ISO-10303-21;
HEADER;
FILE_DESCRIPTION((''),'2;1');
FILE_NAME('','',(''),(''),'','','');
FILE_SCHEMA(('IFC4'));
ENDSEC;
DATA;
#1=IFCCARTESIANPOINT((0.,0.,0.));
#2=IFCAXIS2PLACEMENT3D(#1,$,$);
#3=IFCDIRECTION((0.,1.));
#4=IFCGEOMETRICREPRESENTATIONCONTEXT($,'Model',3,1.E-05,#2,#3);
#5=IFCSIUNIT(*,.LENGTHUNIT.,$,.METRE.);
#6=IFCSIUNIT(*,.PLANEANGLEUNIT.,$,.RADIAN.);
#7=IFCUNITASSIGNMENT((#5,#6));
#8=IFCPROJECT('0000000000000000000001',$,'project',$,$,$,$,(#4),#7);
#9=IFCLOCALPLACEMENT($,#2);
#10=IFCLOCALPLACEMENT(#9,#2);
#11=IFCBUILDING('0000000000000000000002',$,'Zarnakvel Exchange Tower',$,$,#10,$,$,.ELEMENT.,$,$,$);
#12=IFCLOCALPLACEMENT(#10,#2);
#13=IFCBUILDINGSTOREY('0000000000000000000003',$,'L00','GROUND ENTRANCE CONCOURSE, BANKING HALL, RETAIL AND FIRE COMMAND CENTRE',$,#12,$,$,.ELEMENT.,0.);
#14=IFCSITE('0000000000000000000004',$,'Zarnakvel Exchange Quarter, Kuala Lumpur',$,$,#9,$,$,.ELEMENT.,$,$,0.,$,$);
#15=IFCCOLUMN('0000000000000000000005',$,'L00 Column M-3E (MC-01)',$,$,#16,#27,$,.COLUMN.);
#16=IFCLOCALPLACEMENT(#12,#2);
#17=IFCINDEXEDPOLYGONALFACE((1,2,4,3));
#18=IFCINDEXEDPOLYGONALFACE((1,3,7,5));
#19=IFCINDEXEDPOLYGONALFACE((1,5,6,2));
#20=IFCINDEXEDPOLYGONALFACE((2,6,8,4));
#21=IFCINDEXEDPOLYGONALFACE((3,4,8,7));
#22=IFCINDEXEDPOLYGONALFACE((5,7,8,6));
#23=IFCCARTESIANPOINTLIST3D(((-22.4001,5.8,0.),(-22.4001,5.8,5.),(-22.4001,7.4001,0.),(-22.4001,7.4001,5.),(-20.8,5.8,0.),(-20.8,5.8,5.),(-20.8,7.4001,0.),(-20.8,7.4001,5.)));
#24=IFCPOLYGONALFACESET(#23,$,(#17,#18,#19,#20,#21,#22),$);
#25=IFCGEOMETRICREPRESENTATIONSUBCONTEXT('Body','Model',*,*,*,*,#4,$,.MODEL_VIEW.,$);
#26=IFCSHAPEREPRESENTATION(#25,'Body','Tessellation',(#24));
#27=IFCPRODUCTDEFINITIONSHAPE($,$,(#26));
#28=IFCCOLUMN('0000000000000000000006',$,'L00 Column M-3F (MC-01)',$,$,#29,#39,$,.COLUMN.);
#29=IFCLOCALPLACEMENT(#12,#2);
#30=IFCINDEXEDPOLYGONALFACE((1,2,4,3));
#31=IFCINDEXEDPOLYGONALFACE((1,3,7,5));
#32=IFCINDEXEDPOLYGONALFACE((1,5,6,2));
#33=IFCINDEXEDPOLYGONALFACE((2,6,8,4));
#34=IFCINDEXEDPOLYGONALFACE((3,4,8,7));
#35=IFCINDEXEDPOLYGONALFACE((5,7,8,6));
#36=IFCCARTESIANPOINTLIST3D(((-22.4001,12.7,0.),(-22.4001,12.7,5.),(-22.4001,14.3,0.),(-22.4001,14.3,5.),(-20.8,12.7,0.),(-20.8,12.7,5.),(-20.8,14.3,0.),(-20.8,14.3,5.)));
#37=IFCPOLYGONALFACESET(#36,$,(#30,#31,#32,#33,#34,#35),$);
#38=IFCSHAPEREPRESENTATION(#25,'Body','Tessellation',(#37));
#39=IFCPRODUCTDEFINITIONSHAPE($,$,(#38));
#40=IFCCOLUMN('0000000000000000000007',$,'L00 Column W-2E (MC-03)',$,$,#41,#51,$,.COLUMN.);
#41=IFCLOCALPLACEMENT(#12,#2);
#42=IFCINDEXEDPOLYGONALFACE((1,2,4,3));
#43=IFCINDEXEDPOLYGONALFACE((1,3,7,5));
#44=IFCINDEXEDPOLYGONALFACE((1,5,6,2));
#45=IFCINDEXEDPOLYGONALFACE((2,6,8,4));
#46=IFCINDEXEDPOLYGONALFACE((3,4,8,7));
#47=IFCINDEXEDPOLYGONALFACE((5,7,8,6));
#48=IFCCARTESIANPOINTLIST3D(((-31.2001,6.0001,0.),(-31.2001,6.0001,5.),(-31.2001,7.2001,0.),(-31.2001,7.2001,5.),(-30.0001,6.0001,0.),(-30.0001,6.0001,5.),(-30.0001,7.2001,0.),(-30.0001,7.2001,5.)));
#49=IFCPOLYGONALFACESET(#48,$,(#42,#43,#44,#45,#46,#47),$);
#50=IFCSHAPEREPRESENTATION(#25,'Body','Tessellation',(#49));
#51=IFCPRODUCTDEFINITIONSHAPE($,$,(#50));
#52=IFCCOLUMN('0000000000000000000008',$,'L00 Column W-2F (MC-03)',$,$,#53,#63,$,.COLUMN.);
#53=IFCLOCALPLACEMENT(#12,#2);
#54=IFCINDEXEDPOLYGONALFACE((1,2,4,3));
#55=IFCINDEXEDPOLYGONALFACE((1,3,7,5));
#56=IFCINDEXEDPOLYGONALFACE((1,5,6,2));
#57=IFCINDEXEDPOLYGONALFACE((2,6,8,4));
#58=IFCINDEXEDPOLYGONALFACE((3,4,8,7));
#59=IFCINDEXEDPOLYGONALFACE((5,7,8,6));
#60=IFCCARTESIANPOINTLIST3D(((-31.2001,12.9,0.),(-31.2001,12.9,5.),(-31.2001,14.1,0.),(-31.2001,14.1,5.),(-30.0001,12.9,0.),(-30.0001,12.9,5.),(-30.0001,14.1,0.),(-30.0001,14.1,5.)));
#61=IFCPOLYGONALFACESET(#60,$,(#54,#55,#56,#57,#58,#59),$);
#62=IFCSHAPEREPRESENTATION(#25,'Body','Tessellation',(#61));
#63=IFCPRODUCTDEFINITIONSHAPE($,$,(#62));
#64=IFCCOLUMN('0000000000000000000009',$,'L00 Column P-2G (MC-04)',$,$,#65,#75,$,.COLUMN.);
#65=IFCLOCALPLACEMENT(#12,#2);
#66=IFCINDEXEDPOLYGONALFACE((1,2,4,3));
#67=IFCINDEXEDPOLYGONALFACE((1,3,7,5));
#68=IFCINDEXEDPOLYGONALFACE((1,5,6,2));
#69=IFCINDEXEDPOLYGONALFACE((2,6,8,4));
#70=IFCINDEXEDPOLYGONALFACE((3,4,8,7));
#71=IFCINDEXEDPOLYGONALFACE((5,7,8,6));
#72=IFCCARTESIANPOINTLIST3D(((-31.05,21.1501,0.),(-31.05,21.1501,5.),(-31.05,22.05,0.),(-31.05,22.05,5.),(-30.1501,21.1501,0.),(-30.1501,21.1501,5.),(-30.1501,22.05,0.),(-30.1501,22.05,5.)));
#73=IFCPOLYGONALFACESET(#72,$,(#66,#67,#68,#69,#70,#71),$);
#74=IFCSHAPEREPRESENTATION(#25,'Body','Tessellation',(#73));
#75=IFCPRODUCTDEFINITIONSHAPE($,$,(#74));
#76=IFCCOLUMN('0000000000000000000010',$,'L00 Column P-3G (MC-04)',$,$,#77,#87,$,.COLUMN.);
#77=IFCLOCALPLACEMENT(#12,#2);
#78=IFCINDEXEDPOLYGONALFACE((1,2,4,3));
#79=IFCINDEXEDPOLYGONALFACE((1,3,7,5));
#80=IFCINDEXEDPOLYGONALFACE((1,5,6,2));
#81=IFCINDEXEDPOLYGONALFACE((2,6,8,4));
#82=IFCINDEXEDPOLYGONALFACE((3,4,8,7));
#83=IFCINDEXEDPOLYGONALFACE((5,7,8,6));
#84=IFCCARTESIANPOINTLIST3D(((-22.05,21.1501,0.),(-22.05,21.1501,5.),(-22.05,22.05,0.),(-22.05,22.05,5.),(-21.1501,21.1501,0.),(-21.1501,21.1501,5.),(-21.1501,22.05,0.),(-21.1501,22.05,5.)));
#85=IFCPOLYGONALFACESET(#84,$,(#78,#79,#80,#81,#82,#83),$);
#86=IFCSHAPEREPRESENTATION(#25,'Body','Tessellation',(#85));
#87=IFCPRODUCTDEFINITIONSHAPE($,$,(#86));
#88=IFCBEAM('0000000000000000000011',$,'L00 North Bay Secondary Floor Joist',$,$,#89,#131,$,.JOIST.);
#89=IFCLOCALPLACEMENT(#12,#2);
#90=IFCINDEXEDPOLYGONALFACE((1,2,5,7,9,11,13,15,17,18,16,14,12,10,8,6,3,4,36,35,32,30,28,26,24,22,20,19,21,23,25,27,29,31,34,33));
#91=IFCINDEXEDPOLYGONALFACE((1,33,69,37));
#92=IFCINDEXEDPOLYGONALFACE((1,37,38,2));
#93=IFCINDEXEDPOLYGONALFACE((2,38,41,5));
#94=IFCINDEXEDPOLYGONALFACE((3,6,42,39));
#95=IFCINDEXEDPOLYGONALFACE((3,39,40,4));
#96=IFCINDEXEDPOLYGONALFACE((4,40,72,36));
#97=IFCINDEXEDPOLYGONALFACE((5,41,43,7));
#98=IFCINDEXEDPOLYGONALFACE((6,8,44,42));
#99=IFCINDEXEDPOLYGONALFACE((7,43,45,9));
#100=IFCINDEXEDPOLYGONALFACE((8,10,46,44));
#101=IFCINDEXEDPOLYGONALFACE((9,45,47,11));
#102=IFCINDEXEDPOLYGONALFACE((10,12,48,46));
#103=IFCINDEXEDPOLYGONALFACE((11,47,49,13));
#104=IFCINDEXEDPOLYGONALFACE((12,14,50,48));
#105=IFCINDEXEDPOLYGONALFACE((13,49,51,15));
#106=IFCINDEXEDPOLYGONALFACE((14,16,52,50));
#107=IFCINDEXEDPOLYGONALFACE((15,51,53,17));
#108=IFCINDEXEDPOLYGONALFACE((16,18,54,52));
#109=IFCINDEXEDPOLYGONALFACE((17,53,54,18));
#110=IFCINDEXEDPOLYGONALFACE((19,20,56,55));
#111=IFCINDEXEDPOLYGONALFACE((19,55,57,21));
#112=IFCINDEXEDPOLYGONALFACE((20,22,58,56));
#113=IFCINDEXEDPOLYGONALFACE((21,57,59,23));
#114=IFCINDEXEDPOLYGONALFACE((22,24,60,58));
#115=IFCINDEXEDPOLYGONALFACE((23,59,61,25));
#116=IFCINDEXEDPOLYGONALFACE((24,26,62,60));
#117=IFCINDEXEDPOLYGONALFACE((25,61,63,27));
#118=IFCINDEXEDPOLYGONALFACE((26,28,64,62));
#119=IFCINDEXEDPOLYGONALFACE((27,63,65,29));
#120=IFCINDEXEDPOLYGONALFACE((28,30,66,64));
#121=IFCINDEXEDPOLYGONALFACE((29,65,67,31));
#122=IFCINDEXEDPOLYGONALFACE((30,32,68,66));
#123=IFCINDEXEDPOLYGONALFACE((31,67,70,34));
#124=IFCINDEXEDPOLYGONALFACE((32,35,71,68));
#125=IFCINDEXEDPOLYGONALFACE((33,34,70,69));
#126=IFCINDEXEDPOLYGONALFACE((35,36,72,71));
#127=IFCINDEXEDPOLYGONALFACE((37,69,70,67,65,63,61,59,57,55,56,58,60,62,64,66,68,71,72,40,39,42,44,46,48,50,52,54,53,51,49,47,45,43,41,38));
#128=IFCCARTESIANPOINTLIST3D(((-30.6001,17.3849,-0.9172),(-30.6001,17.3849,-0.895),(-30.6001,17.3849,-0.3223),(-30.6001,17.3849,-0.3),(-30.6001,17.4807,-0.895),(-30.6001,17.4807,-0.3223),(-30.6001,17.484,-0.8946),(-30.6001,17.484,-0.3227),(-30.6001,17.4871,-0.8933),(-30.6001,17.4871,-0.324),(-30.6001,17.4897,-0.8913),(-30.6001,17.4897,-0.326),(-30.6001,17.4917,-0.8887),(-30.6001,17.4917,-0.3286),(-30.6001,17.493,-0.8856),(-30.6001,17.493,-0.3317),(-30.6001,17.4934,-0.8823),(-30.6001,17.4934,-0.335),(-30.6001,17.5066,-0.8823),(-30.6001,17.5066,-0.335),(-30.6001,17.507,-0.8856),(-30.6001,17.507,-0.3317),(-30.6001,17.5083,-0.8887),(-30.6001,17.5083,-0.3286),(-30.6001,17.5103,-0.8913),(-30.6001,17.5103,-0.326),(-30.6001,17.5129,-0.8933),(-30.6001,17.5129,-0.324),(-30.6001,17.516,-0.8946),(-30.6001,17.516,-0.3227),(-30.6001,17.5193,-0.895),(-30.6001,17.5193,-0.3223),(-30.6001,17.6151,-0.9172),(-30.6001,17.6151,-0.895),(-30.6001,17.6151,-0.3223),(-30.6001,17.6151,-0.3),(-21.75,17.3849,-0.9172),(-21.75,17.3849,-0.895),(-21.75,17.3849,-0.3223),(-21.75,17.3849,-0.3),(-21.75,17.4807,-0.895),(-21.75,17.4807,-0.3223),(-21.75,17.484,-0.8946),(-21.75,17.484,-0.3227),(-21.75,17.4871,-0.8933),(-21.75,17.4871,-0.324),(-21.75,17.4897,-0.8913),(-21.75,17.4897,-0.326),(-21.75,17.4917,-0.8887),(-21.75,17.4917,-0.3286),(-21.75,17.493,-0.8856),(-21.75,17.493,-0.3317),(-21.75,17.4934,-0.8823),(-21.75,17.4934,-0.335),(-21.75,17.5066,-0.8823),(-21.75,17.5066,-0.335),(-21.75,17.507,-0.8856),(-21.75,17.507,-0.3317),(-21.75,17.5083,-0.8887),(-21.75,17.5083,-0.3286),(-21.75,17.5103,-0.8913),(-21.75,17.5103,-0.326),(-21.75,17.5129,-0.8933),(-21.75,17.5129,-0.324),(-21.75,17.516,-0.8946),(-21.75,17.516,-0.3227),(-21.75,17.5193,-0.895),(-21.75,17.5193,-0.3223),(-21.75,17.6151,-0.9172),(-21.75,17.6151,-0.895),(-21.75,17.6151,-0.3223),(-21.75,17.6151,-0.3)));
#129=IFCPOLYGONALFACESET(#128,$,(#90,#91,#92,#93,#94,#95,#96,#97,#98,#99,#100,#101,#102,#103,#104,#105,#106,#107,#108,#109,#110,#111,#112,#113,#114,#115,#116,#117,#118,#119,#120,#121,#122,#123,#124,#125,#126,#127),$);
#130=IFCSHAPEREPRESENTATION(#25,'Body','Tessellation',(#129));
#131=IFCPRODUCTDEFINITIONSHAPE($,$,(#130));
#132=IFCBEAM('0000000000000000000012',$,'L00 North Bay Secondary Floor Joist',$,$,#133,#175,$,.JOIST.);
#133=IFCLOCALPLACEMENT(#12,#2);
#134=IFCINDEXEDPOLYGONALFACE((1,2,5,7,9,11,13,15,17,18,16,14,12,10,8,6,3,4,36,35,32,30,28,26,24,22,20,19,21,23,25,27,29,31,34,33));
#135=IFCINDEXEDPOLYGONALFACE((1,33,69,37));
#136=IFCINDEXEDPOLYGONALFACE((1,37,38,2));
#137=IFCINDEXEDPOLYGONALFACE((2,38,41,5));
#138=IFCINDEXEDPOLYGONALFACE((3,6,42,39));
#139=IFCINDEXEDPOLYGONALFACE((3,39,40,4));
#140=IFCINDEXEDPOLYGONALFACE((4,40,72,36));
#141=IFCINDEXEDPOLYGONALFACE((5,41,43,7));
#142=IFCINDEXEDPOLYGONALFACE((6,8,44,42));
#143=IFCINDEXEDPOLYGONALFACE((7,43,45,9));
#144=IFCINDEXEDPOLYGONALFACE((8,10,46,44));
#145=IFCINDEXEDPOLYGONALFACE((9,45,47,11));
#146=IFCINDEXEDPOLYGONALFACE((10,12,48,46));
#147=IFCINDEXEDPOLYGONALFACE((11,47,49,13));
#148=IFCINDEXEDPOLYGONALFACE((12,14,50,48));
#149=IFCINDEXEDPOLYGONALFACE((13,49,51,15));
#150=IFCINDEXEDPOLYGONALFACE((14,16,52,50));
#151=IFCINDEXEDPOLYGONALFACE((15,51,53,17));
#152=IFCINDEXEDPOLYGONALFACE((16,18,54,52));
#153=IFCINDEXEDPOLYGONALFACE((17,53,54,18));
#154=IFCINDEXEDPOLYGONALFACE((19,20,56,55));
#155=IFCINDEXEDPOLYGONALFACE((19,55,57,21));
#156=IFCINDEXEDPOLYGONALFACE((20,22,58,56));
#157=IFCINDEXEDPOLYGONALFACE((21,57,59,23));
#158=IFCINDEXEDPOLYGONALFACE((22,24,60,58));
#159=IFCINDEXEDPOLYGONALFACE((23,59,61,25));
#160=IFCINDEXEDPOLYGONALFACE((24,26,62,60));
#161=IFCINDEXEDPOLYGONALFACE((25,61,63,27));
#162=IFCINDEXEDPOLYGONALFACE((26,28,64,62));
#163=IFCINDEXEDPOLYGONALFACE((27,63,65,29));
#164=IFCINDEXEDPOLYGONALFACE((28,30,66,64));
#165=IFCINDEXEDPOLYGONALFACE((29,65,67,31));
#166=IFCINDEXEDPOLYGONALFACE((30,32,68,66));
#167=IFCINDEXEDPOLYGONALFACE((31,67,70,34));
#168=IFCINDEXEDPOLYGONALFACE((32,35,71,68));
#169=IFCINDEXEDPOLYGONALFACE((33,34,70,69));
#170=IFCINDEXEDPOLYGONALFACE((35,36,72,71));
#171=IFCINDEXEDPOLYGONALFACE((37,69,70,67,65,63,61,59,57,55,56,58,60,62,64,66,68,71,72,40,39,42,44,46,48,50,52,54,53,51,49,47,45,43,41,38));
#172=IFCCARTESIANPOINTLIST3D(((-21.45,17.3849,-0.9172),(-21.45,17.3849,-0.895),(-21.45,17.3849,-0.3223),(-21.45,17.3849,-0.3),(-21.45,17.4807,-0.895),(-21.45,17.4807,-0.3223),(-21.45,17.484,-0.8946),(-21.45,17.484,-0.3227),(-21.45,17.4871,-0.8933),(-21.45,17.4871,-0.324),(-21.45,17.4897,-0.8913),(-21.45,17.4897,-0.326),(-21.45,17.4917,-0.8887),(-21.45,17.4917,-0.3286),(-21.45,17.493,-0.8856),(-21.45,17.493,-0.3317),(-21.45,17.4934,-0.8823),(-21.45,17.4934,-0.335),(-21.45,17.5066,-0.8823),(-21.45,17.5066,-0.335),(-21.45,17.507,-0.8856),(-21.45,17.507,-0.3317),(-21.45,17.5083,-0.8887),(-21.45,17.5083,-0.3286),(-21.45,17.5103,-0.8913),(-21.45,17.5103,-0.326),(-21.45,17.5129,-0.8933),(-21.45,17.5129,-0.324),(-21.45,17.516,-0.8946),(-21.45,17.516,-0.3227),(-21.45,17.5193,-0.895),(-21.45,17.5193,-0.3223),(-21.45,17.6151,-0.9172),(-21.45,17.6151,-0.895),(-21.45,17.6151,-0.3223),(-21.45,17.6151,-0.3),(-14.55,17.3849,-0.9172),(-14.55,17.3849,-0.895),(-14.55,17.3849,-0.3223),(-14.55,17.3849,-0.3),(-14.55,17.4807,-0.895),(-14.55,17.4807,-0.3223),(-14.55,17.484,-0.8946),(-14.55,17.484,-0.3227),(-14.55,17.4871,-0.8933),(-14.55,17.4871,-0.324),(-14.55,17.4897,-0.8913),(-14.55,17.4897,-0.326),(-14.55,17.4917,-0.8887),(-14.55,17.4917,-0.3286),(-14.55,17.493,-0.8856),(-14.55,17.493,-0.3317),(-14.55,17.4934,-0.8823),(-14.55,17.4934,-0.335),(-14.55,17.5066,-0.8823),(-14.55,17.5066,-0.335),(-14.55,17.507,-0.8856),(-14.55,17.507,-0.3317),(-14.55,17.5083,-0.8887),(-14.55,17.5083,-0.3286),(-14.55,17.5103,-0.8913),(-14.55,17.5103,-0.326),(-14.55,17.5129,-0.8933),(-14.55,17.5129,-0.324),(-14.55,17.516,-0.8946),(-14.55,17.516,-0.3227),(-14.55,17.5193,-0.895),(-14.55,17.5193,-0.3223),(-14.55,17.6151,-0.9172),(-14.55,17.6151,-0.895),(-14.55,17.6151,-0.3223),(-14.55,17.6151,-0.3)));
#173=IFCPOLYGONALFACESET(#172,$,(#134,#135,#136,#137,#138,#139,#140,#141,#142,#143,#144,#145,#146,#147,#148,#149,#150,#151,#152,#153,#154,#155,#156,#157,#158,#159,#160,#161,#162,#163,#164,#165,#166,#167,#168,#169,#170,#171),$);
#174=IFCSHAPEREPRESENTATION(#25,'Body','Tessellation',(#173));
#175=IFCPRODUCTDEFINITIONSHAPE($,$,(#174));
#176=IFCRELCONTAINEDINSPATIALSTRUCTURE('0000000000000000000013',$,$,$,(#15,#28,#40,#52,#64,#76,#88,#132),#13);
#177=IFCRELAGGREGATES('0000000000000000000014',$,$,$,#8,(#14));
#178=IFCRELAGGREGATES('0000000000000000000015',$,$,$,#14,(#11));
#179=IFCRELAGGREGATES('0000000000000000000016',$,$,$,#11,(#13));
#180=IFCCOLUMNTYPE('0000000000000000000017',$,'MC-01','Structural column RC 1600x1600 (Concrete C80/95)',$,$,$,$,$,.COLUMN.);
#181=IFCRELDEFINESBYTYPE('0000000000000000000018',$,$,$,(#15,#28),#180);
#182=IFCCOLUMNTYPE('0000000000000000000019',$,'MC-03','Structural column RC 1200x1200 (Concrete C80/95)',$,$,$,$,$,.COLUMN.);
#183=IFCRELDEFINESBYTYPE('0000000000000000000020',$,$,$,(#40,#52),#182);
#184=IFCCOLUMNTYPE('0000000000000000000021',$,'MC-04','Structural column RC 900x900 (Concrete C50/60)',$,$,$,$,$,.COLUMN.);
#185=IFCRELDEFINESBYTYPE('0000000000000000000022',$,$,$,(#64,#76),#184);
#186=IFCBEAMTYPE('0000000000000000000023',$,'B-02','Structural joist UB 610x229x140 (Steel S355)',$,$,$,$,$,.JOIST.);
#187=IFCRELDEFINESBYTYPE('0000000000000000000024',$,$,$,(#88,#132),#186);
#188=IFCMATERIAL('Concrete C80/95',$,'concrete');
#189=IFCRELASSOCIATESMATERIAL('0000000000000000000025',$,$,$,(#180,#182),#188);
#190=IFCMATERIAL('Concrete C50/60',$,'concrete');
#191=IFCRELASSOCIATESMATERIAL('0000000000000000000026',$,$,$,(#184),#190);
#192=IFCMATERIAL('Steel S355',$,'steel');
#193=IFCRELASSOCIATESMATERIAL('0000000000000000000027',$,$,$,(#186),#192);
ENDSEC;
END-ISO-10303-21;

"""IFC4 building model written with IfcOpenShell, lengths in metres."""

from ifc_helpers import new_model, si_unit, direction, frame, origin, origin_2d, place, context, subcontext, project, spatial, rectangle, i_section, extrude, material, material_profile, profile_set, type_object, element, save


model = new_model("IFC4")

# Units and contexts
model_context = context("Model", 3, precision=1e-05, world=origin(), true_north=direction((0.0, 1.0)))
body_context = subcontext(model_context, "Body", "Model", "MODEL_VIEW")
ifc_project = project(units=[si_unit("LENGTHUNIT", "METRE"), si_unit("PLANEANGLEUNIT", "RADIAN")], contexts=[model_context])

# Site, building, storey
site_placement = place(None, origin())
site = spatial("IfcSite", under=ifc_project, at=site_placement, Name="Zarnakvel Exchange Quarter, Kuala Lumpur", CompositionType="ELEMENT", RefElevation=0.0)
building_placement = place(site_placement, origin())
building = spatial("IfcBuilding", under=site, at=building_placement, Name="Zarnakvel Exchange Tower", CompositionType="ELEMENT")
storey_placement = place(building_placement, origin())
storey = spatial("IfcBuildingStorey", under=building, at=storey_placement, Name="L00", Description="GROUND ENTRANCE CONCOURSE, BANKING HALL, RETAIL AND FIRE COMMAND CENTRE", CompositionType="ELEMENT", Elevation=0.0)

# Columns
ifc_material_1 = material(Name="Concrete C80/95", Category="concrete")
ifc_material_profile_1 = material_profile(ifc_material_1, rectangle(XDim=1.6001, YDim=1.6001, at=origin_2d()))
ifc_profile_set_1 = profile_set([ifc_material_profile_1], Name="Concrete C80/95")
column_type_1 = type_object("IfcColumnType", Name="MC-01", Description="Structural column RC 1600x1600 (Concrete C80/95)", PredefinedType="COLUMN", material=ifc_profile_set_1)
for number, where, z_axis, x_axis, name in (
    (1, (-21.6001, 6.6001, 0.0), (0.0, 0.0, 1.0), (1.0, 0.0, 0.0), "L00 Column M-3E (MC-01)"),
    (2, (-21.6001, 13.5, 0.0), (0.0, 0.0, 1.0), (1.0, 0.0, 0.0), "L00 Column M-3F (MC-01)"),
):
    element("IfcColumn", number, at=place(storey_placement, frame(where, z_axis=z_axis, x_axis=x_axis)), inside=storey, type_object=column_type_1, Name=name, PredefinedType="COLUMN", context=body_context, shape_type="SweptSolid", body=[
        extrude(rectangle(XDim=1.6001, YDim=1.6001, at=origin_2d()), origin(), (0.0, 0.0, 1.0), 5.0),
    ])
ifc_material_profile_2 = material_profile(ifc_material_1, rectangle(XDim=1.2, YDim=1.2, at=origin_2d()))
ifc_profile_set_2 = profile_set([ifc_material_profile_2], Name="Concrete C80/95")
column_type_2 = type_object("IfcColumnType", Name="MC-03", Description="Structural column RC 1200x1200 (Concrete C80/95)", PredefinedType="COLUMN", material=ifc_profile_set_2)
for number, where, z_axis, x_axis, name in (
    (3, (-30.6001, 6.6001, 0.0), (0.0, 0.0, 1.0), (1.0, 0.0, 0.0), "L00 Column W-2E (MC-03)"),
    (4, (-30.6001, 13.5, 0.0), (0.0, 0.0, 1.0), (1.0, 0.0, 0.0), "L00 Column W-2F (MC-03)"),
):
    element("IfcColumn", number, at=place(storey_placement, frame(where, z_axis=z_axis, x_axis=x_axis)), inside=storey, type_object=column_type_2, Name=name, PredefinedType="COLUMN", context=body_context, shape_type="SweptSolid", body=[
        extrude(rectangle(XDim=1.2, YDim=1.2, at=origin_2d()), origin(), (0.0, 0.0, 1.0), 5.0),
    ])
ifc_material_2 = material(Name="Concrete C50/60", Category="concrete")
ifc_material_profile_3 = material_profile(ifc_material_2, rectangle(XDim=0.8999, YDim=0.8999, at=origin_2d()))
ifc_profile_set_3 = profile_set([ifc_material_profile_3], Name="Concrete C50/60")
column_type_3 = type_object("IfcColumnType", Name="MC-04", Description="Structural column RC 900x900 (Concrete C50/60)", PredefinedType="COLUMN", material=ifc_profile_set_3)
for number, where, z_axis, x_axis, name in (
    (5, (-30.6001, 21.6001, 0.0), (0.0, 0.0, 1.0), (1.0, 0.0, 0.0), "L00 Column P-2G (MC-04)"),
    (6, (-21.6001, 21.6001, 0.0), (0.0, 0.0, 1.0), (1.0, 0.0, 0.0), "L00 Column P-3G (MC-04)"),
):
    element("IfcColumn", number, at=place(storey_placement, frame(where, z_axis=z_axis, x_axis=x_axis)), inside=storey, type_object=column_type_3, Name=name, PredefinedType="COLUMN", context=body_context, shape_type="SweptSolid", body=[
        extrude(rectangle(XDim=0.8999, YDim=0.8999, at=origin_2d()), origin(), (0.0, 0.0, 1.0), 5.0),
    ])

# Beams
ifc_material_3 = material(Name="Steel S355", Category="steel")
ifc_material_profile_4 = material_profile(ifc_material_3, i_section(OverallWidth=0.2302, OverallDepth=0.6172, WebThickness=0.0132, FlangeThickness=0.0222, FilletRadius=0.0127, at=origin_2d()))
ifc_profile_set_4 = profile_set([ifc_material_profile_4], Name="Steel S355")
beam_type_1 = type_object("IfcBeamType", Name="B-02", Description="Structural joist UB 610x229x140 (Steel S355)", PredefinedType="JOIST", material=ifc_profile_set_4)
beam_1_placement = place(storey_placement, frame((-30.6001, 17.5, -0.6086), z_axis=(1.0, 0.0, 0.0), x_axis=(0.0, 1.0, 0.0)))
element("IfcBeam", 7, at=beam_1_placement, inside=storey, type_object=beam_type_1, Name="L00 North Bay Secondary Floor Joist", PredefinedType="JOIST", context=body_context, shape_type="SweptSolid", body=[
    extrude(i_section(OverallWidth=0.2302, OverallDepth=0.6172, WebThickness=0.0132, FlangeThickness=0.0222, FilletRadius=0.0127, at=origin_2d()), origin(), (0.0, 0.0, 1.0), 8.8501),
])
beam_2_placement = place(storey_placement, frame((-21.45, 17.5, -0.6086), z_axis=(1.0, 0.0, 0.0), x_axis=(0.0, 1.0, 0.0)))
element("IfcBeam", 8, at=beam_2_placement, inside=storey, type_object=beam_type_1, Name="L00 North Bay Secondary Floor Joist", PredefinedType="JOIST", context=body_context, shape_type="SweptSolid", body=[
    extrude(i_section(OverallWidth=0.2302, OverallDepth=0.6172, WebThickness=0.0132, FlangeThickness=0.0222, FilletRadius=0.0127, at=origin_2d()), origin(), (0.0, 0.0, 1.0), 6.8999),
])

save(model, "model.ifc")
